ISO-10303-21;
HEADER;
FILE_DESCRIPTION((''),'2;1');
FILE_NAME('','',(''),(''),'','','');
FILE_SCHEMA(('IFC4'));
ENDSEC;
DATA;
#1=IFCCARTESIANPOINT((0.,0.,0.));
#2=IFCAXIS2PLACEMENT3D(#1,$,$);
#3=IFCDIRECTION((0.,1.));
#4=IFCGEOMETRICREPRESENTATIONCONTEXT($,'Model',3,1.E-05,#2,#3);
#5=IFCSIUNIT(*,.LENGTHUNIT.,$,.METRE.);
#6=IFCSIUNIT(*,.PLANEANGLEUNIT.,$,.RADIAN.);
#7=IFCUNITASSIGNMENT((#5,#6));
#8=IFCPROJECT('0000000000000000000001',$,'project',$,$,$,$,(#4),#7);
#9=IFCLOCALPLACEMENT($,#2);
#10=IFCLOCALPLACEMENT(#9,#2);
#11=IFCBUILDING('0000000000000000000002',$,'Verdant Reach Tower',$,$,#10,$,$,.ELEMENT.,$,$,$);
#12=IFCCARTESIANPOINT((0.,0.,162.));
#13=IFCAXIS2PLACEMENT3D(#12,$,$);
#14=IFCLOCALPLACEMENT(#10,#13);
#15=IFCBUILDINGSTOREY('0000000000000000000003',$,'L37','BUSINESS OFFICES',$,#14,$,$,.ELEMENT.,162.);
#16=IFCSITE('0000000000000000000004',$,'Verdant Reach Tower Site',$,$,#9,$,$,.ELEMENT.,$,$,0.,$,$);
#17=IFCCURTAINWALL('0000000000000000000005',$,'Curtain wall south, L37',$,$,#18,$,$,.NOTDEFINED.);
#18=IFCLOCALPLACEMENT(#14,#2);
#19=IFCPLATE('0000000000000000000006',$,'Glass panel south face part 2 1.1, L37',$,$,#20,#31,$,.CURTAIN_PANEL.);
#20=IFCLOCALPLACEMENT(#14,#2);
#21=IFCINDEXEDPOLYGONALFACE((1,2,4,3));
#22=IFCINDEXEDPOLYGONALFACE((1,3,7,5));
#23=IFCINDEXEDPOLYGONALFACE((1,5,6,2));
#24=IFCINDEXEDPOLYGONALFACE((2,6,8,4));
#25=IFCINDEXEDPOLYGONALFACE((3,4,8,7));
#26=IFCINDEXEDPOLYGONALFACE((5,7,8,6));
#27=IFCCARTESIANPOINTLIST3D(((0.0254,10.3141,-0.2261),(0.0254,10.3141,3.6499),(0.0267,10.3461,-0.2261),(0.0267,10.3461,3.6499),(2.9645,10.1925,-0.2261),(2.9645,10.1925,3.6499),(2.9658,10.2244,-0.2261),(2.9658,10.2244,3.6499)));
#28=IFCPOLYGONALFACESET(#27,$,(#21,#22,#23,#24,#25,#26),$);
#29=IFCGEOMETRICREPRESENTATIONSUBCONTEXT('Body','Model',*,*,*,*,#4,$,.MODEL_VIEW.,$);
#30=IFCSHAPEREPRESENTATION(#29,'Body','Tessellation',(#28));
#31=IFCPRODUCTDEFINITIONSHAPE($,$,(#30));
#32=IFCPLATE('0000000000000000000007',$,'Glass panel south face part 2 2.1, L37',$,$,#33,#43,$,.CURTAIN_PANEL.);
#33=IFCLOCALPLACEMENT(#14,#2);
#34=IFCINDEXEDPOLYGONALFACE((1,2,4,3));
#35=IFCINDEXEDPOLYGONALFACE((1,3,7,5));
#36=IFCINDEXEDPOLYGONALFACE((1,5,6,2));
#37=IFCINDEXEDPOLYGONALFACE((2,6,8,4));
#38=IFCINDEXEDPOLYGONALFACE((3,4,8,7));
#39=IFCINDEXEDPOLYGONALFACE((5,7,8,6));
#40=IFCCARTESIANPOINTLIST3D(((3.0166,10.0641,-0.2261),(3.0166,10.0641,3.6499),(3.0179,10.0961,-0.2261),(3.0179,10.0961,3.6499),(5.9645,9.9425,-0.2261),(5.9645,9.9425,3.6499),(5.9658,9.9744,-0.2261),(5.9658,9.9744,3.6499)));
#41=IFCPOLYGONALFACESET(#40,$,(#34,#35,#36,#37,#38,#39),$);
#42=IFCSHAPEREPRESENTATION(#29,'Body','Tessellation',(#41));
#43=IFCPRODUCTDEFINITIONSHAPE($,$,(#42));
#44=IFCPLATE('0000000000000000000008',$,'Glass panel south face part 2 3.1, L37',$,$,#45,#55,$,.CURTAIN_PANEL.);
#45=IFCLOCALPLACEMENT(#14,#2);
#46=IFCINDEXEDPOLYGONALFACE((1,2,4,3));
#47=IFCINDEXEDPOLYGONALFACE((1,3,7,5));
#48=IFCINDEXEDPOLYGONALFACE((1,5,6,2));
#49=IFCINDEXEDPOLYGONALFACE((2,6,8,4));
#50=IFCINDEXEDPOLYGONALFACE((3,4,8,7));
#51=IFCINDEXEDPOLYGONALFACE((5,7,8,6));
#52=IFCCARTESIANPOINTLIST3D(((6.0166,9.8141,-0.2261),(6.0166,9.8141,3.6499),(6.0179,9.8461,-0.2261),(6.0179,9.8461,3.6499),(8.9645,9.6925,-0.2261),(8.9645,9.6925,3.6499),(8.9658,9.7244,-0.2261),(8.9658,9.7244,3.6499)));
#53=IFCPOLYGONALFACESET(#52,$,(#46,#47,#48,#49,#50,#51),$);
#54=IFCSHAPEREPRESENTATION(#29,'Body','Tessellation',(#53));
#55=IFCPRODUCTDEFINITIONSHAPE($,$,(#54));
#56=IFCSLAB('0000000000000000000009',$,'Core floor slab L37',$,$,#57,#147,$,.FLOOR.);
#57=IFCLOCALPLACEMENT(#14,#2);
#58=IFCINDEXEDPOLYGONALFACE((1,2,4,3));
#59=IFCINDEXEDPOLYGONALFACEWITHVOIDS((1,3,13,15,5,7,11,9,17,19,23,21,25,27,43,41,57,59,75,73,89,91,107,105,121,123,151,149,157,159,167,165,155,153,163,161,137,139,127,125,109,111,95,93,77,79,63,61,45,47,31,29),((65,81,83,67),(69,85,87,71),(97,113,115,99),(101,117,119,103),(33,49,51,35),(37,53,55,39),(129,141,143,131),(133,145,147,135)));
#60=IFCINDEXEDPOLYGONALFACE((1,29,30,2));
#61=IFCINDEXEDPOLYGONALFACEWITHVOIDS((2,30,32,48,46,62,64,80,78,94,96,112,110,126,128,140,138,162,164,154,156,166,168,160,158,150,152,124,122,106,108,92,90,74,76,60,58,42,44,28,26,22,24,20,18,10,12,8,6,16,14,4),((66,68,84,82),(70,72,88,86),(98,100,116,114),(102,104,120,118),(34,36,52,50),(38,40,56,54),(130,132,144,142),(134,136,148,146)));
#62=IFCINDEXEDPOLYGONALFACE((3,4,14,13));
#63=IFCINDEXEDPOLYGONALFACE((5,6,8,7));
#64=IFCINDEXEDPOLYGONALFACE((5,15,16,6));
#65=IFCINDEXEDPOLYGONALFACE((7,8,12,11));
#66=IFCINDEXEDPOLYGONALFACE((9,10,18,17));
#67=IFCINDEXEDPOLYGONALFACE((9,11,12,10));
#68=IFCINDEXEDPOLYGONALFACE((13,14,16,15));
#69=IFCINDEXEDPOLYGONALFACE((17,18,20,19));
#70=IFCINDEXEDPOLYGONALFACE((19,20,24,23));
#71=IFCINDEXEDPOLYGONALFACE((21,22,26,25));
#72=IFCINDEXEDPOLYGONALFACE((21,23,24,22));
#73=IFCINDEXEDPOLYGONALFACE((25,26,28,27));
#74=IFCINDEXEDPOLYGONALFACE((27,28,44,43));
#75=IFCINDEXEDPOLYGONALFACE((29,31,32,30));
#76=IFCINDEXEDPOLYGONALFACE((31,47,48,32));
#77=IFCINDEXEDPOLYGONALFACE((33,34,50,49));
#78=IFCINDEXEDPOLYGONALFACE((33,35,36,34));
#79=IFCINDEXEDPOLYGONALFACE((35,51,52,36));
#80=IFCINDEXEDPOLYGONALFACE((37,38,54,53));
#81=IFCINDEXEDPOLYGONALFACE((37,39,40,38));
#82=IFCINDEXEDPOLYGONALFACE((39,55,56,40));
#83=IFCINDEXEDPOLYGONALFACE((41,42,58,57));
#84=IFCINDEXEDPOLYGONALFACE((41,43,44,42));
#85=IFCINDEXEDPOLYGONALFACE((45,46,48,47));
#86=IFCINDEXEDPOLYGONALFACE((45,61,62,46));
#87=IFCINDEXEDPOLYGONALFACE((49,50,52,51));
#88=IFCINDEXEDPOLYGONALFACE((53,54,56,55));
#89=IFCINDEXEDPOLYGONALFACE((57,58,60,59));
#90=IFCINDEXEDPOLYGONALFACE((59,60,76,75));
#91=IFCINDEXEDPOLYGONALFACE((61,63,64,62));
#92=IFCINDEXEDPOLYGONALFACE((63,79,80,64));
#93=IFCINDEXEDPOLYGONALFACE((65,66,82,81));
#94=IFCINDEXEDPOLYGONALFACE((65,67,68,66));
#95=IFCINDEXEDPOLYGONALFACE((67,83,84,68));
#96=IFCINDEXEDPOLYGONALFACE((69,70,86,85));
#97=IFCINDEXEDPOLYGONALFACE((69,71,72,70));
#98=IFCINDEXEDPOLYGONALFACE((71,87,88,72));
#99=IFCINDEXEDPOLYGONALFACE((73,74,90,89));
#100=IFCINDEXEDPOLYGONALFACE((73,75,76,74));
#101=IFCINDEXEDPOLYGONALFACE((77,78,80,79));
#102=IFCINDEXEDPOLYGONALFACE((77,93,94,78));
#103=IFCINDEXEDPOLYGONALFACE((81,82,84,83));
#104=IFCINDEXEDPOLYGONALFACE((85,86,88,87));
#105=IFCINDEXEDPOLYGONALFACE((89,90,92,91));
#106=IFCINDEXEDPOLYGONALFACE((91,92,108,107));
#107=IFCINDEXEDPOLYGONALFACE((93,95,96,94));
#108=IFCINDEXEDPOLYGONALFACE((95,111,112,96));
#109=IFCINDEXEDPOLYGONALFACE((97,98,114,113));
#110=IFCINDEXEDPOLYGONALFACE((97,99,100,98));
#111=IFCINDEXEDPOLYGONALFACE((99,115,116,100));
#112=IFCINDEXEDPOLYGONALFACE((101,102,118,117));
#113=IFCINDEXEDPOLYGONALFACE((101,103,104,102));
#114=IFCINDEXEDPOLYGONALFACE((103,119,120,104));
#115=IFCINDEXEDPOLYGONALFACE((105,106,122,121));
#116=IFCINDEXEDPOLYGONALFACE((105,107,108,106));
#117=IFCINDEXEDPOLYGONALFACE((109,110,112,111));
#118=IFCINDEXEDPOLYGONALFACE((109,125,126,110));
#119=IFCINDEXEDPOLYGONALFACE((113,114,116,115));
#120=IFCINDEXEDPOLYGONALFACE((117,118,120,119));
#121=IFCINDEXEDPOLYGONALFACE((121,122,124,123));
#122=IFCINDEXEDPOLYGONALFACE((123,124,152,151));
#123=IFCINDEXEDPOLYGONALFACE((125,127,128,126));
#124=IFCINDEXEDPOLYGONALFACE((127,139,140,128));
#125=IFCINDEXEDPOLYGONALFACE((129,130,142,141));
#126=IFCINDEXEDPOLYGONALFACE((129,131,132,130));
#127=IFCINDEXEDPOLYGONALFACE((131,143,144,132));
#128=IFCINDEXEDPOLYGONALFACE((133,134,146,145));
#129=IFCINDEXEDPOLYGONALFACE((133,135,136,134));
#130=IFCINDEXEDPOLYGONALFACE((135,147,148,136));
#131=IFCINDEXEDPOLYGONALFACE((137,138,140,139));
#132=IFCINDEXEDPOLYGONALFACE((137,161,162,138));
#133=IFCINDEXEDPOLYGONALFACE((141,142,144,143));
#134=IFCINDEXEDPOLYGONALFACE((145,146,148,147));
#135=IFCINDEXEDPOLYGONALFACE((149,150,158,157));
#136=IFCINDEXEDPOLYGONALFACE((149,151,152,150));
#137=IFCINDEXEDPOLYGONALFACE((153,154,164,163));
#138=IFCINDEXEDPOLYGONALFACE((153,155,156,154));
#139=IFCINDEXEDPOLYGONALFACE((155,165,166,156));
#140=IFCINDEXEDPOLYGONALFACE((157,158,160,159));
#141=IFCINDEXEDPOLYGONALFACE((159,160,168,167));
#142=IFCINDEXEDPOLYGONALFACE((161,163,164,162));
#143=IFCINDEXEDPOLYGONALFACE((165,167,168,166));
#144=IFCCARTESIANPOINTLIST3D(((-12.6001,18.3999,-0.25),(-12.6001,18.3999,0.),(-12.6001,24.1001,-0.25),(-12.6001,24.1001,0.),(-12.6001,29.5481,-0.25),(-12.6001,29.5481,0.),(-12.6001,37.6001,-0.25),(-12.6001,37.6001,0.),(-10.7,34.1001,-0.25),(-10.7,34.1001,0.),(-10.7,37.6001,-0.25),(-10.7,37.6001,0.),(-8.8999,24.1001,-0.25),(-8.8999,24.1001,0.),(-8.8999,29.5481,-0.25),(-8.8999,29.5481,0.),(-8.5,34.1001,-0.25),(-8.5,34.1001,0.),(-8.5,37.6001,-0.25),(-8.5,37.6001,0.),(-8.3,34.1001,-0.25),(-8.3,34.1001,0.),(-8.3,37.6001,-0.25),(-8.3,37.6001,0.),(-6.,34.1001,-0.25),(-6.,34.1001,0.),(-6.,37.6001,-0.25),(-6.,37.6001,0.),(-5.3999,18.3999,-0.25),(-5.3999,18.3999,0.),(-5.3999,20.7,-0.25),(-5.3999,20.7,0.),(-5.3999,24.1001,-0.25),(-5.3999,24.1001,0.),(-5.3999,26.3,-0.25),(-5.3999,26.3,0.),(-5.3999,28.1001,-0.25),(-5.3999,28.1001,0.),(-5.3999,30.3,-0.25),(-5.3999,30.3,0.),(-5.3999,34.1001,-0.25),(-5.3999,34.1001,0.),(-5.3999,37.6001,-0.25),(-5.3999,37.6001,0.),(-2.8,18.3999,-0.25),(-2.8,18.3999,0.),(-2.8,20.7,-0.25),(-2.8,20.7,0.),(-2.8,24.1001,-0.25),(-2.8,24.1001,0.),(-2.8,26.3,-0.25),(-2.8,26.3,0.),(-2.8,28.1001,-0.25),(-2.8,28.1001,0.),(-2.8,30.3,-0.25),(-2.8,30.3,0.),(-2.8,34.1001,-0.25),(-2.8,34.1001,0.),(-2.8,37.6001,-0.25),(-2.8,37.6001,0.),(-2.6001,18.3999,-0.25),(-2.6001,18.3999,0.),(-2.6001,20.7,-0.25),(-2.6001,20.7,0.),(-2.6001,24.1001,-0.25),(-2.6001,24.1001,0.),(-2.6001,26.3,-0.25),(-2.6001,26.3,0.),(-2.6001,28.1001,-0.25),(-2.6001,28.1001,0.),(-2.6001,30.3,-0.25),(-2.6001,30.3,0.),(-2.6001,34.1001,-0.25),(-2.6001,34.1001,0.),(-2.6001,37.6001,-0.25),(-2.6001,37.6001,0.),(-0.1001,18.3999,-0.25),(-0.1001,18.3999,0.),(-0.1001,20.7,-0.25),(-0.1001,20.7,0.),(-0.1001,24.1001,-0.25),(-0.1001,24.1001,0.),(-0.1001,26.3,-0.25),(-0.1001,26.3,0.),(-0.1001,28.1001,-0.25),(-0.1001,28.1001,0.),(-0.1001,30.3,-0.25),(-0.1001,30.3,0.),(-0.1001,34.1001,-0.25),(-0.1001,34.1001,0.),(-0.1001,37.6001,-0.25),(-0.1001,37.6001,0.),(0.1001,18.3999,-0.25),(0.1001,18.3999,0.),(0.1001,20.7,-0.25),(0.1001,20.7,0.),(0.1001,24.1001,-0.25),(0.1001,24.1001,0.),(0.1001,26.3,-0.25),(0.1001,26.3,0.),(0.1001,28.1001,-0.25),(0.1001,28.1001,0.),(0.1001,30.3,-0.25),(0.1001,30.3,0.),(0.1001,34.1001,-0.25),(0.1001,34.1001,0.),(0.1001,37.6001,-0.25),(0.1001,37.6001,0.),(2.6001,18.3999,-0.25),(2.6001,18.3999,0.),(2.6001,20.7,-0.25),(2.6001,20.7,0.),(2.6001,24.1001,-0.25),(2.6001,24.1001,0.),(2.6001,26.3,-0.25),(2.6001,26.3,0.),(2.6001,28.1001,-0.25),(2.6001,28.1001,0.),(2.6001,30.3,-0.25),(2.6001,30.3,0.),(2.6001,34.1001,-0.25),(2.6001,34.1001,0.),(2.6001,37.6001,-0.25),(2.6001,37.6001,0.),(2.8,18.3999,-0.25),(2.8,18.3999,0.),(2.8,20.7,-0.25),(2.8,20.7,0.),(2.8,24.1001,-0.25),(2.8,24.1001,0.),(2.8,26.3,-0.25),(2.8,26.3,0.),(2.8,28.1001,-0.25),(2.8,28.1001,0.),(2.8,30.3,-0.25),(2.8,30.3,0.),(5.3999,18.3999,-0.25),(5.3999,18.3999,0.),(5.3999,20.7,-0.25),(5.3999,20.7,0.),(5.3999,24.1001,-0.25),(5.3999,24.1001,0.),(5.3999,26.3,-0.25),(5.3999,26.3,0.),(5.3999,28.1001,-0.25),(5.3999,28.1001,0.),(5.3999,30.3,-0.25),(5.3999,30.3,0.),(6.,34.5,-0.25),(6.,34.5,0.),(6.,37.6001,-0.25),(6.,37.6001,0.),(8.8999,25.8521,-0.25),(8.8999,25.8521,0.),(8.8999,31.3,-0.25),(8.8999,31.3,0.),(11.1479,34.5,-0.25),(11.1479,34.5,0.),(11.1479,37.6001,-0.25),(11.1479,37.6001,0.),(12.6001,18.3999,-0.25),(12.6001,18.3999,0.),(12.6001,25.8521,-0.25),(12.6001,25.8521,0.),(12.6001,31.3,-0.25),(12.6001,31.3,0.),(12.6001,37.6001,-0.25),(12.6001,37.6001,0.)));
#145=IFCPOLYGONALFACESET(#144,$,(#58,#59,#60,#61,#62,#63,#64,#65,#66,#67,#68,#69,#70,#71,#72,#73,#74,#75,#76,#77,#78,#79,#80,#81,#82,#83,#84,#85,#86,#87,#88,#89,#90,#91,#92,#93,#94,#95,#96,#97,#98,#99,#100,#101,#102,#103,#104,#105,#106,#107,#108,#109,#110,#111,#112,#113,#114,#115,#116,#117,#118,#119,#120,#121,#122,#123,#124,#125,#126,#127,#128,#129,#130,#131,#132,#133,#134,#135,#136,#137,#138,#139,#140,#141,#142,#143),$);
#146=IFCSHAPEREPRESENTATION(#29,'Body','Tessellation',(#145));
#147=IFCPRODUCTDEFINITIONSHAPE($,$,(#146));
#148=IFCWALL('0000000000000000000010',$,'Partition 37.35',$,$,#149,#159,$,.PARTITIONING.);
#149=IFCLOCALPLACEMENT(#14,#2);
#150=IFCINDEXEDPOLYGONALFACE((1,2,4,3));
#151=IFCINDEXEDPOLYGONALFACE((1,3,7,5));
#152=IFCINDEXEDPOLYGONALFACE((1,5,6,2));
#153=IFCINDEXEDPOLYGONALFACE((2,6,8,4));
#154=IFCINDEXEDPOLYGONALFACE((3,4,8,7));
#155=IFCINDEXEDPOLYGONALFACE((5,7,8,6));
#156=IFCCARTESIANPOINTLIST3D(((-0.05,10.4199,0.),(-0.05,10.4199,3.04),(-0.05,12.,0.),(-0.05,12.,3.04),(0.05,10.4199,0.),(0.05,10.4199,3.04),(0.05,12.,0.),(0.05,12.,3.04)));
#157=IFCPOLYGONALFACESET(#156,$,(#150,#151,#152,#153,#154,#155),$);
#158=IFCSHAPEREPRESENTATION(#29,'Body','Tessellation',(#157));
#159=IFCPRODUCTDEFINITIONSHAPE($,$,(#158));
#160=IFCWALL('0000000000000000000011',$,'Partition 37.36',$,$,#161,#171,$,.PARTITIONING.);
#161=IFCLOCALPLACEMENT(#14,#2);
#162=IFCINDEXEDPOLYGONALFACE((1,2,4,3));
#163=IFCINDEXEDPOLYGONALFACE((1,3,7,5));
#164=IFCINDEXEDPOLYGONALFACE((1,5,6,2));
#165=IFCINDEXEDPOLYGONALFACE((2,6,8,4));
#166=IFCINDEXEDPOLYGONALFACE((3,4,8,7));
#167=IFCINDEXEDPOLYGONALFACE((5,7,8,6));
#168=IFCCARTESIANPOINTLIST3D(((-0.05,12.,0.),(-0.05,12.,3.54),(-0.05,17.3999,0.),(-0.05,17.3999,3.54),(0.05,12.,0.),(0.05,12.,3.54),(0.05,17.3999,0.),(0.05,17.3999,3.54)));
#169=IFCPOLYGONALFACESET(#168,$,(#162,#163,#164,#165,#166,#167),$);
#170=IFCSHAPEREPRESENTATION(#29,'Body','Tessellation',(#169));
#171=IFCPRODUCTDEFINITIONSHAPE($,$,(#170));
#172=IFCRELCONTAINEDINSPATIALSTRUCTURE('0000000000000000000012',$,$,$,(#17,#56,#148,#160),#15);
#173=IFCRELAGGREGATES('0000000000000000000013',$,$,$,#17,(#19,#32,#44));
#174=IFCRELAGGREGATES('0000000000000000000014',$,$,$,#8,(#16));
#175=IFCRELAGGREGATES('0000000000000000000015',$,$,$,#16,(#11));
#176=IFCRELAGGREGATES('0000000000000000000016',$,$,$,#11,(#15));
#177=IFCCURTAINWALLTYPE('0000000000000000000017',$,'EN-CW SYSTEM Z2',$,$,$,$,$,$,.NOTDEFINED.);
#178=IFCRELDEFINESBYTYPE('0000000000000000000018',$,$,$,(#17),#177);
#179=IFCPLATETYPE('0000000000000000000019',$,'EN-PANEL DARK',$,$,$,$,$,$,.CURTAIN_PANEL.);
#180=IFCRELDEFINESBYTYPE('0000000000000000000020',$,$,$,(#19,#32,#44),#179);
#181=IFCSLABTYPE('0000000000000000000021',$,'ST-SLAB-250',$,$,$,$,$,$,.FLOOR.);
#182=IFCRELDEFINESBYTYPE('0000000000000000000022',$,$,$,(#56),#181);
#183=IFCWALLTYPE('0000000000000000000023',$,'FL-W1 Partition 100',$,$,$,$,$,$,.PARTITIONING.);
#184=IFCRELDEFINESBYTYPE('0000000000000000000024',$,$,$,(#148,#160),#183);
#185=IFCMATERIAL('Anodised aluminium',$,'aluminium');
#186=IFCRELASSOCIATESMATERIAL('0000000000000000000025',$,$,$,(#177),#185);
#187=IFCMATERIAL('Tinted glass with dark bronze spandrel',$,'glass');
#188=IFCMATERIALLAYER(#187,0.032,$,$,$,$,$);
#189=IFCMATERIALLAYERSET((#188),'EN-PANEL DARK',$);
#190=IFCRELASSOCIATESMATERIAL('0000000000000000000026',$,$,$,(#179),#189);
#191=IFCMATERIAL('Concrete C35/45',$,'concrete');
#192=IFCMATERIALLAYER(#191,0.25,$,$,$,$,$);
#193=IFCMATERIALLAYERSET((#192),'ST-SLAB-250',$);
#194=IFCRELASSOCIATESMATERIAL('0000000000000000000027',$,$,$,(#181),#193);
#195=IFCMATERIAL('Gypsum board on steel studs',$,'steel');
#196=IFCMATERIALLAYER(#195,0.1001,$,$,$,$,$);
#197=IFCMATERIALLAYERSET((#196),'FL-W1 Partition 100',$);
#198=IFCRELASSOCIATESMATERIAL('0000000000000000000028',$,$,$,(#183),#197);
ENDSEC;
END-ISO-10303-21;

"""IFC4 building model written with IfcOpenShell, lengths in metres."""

from ifc_helpers import new_model, si_unit, direction, frame, frame_2d, origin, origin_2d, place, context, subcontext, project, spatial, polyline, rectangle, outline, extrude, material, layer, layer_set, type_object, element, aggregate, save


model = new_model("IFC4")

# Units and contexts
model_context = context("Model", 3, precision=1e-05, world=origin(), true_north=direction((0.0, 1.0)))
body_context = subcontext(model_context, "Body", "Model", "MODEL_VIEW")
ifc_project = project(units=[si_unit("LENGTHUNIT", "METRE"), si_unit("PLANEANGLEUNIT", "RADIAN")], contexts=[model_context])

# Site, building, storey
site_placement = place(None, origin())
site = spatial("IfcSite", under=ifc_project, at=site_placement, Name="Verdant Reach Tower Site", CompositionType="ELEMENT", RefElevation=0.0)
building_placement = place(site_placement, origin())
building = spatial("IfcBuilding", under=site, at=building_placement, Name="Verdant Reach Tower", CompositionType="ELEMENT")
storey_placement = place(building_placement, frame((0.0, 0.0, 162.0)))
storey = spatial("IfcBuildingStorey", under=building, at=storey_placement, Name="L37", Description="BUSINESS OFFICES", CompositionType="ELEMENT", Elevation=162.0)

# Curtain wall
ifc_material_1 = material(Name="Anodised aluminium", Category="aluminium")
curtain_wall_type = type_object("IfcCurtainWallType", Name="EN-CW SYSTEM Z2", PredefinedType="NOTDEFINED", material=ifc_material_1)
curtain_wall_placement = place(storey_placement, origin())
curtain_wall = element("IfcCurtainWall", 1, at=curtain_wall_placement, inside=storey, type_object=curtain_wall_type, Name="Curtain wall south, L37", PredefinedType="NOTDEFINED")

# Plates
ifc_material_2 = material(Name="Tinted glass with dark bronze spandrel", Category="glass")
ifc_layer_1 = layer(ifc_material_2, 0.032)
ifc_layer_set_1 = layer_set([ifc_layer_1], Name="EN-PANEL DARK")
plate_type_1 = type_object("IfcPlateType", Name="EN-PANEL DARK", PredefinedType="CURTAIN_PANEL", material=ifc_layer_set_1)
plate_1_placement = place(storey_placement, frame((1.4956, 10.2693, -0.2261), z_axis=(0.0, 0.0, 1.0), x_axis=(0.999144, -0.041364, 0.0)))
plate_1 = element("IfcPlate", 2, at=plate_1_placement, type_object=plate_type_1, Name="Glass panel south face part 2 1.1, L37", PredefinedType="CURTAIN_PANEL", context=body_context, shape_type="SweptSolid", body=[
    extrude(rectangle(XDim=2.9417, YDim=0.032, at=origin_2d()), origin(), (0.0, 0.0, 1.0), 3.876),
])
plate_2_placement = place(storey_placement, frame((4.4912, 10.0193, -0.2261), z_axis=(0.0, 0.0, 1.0), x_axis=(0.999149, -0.041242, 0.0)))
plate_2 = element("IfcPlate", 3, at=plate_2_placement, type_object=plate_type_1, Name="Glass panel south face part 2 2.1, L37", PredefinedType="CURTAIN_PANEL", context=body_context, shape_type="SweptSolid", body=[
    extrude(rectangle(XDim=2.9504, YDim=0.032, at=origin_2d()), origin(), (0.0, 0.0, 1.0), 3.876),
])
plate_3_placement = place(storey_placement, frame((7.4912, 9.7693, -0.2261), z_axis=(0.0, 0.0, 1.0), x_axis=(0.999149, -0.041242, 0.0)))
plate_3 = element("IfcPlate", 4, at=plate_3_placement, type_object=plate_type_1, Name="Glass panel south face part 2 3.1, L37", PredefinedType="CURTAIN_PANEL", context=body_context, shape_type="SweptSolid", body=[
    extrude(rectangle(XDim=2.9504, YDim=0.032, at=origin_2d()), origin(), (0.0, 0.0, 1.0), 3.876),
])
aggregate(curtain_wall, [plate_1, plate_2, plate_3])

# Slab
ifc_material_3 = material(Name="Concrete C35/45", Category="concrete")
ifc_layer_2 = layer(ifc_material_3, 0.25)
ifc_layer_set_2 = layer_set([ifc_layer_2], Name="ST-SLAB-250")
slab_type_1 = type_object("IfcSlabType", Name="ST-SLAB-250", PredefinedType="FLOOR", material=ifc_layer_set_2)
slab_1_placement = place(storey_placement, frame((0.0, 0.0, -0.25)))
element("IfcSlab", 5, at=slab_1_placement, inside=storey, type_object=slab_type_1, Name="Core floor slab L37", PredefinedType="FLOOR", context=body_context, shape_type="SweptSolid", body=[
    extrude(outline(polyline([(12.6001, 18.3999), (5.3999, 18.3999), (5.3999, 20.7), (2.8, 20.7), (2.8, 18.3999), (2.6001, 18.3999), (2.6001, 20.7), (0.1001, 20.7), (0.1001, 18.3999), (-0.1001, 18.3999), (-0.1001, 20.7), (-2.6001, 20.7), (-2.6001, 18.3999), (-2.8, 18.3999), (-2.8, 20.7), (-5.3999, 20.7), (-5.3999, 18.3999), (-12.6001, 18.3999), (-12.6001, 24.1001), (-8.8999, 24.1001), (-8.8999, 29.5481), (-12.6001, 29.5481), (-12.6001, 37.6001), (-10.7, 37.6001), (-10.7, 34.1001), (-8.5, 34.1001), (-8.5, 37.6001), (-8.3, 37.6001), (-8.3, 34.1001), (-6.0, 34.1001), (-6.0, 37.6001), (-5.3999, 37.6001), (-5.3999, 34.1001), (-2.8, 34.1001), (-2.8, 37.6001), (-2.6001, 37.6001), (-2.6001, 34.1001), (-0.1001, 34.1001), (-0.1001, 37.6001), (0.1001, 37.6001), (0.1001, 34.1001), (2.6001, 34.1001), (2.6001, 37.6001), (6.0, 37.6001), (6.0, 34.5), (11.1479, 34.5), (11.1479, 37.6001), (12.6001, 37.6001), (12.6001, 31.3), (8.8999, 31.3), (8.8999, 25.8521), (12.6001, 25.8521), (12.6001, 18.3999)]), holes=[polyline([(-2.8, 24.1001), (-2.8, 26.3), (-5.3999, 26.3), (-5.3999, 24.1001), (-2.8, 24.1001)]), polyline([(-2.6001, 24.1001), (-0.1001, 24.1001), (-0.1001, 26.3), (-2.6001, 26.3), (-2.6001, 24.1001)]), polyline([(-2.8, 28.1001), (-2.8, 30.3), (-5.3999, 30.3), (-5.3999, 28.1001), (-2.8, 28.1001)]), polyline([(-0.1001, 28.1001), (-0.1001, 30.3), (-2.6001, 30.3), (-2.6001, 28.1001), (-0.1001, 28.1001)]), polyline([(2.6001, 24.1001), (2.6001, 26.3), (0.1001, 26.3), (0.1001, 24.1001), (2.6001, 24.1001)]), polyline([(2.8, 24.1001), (5.3999, 24.1001), (5.3999, 26.3), (2.8, 26.3), (2.8, 24.1001)]), polyline([(2.6001, 28.1001), (2.6001, 30.3), (0.1001, 30.3), (0.1001, 28.1001), (2.6001, 28.1001)]), polyline([(5.3999, 28.1001), (5.3999, 30.3), (2.8, 30.3), (2.8, 28.1001), (5.3999, 28.1001)])]), origin(), (0.0, 0.0, 1.0), 0.25),
])

# Walls
ifc_material_4 = material(Name="Gypsum board on steel studs", Category="steel")
ifc_layer_3 = layer(ifc_material_4, 0.1001)
ifc_layer_set_3 = layer_set([ifc_layer_3], Name="FL-W1 Partition 100")
wall_type = type_object("IfcWallType", Name="FL-W1 Partition 100", PredefinedType="PARTITIONING", material=ifc_layer_set_3)
wall_1_placement = place(storey_placement, frame((0.0, 10.4199, 0.0), z_axis=(0.0, 0.0, 1.0), x_axis=(0.0, 1.0, 0.0)))
element("IfcWall", 6, at=wall_1_placement, inside=storey, type_object=wall_type, Name="Partition 37.35", PredefinedType="PARTITIONING", context=body_context, shape_type="SweptSolid", body=[
    extrude(rectangle(XDim=1.5801, YDim=0.1001, at=frame_2d((0.79, 0.0))), origin(), (0.0, 0.0, 1.0), 3.04),
])
wall_2_placement = place(storey_placement, frame((0.0, 12.0, 0.0), z_axis=(0.0, 0.0, 1.0), x_axis=(0.0, 1.0, 0.0)))
element("IfcWall", 7, at=wall_2_placement, inside=storey, type_object=wall_type, Name="Partition 37.36", PredefinedType="PARTITIONING", context=body_context, shape_type="SweptSolid", body=[
    extrude(rectangle(XDim=5.3999, YDim=0.1001, at=frame_2d((2.7, 0.0))), origin(), (0.0, 0.0, 1.0), 3.54),
])

save(model, "model.ifc")
